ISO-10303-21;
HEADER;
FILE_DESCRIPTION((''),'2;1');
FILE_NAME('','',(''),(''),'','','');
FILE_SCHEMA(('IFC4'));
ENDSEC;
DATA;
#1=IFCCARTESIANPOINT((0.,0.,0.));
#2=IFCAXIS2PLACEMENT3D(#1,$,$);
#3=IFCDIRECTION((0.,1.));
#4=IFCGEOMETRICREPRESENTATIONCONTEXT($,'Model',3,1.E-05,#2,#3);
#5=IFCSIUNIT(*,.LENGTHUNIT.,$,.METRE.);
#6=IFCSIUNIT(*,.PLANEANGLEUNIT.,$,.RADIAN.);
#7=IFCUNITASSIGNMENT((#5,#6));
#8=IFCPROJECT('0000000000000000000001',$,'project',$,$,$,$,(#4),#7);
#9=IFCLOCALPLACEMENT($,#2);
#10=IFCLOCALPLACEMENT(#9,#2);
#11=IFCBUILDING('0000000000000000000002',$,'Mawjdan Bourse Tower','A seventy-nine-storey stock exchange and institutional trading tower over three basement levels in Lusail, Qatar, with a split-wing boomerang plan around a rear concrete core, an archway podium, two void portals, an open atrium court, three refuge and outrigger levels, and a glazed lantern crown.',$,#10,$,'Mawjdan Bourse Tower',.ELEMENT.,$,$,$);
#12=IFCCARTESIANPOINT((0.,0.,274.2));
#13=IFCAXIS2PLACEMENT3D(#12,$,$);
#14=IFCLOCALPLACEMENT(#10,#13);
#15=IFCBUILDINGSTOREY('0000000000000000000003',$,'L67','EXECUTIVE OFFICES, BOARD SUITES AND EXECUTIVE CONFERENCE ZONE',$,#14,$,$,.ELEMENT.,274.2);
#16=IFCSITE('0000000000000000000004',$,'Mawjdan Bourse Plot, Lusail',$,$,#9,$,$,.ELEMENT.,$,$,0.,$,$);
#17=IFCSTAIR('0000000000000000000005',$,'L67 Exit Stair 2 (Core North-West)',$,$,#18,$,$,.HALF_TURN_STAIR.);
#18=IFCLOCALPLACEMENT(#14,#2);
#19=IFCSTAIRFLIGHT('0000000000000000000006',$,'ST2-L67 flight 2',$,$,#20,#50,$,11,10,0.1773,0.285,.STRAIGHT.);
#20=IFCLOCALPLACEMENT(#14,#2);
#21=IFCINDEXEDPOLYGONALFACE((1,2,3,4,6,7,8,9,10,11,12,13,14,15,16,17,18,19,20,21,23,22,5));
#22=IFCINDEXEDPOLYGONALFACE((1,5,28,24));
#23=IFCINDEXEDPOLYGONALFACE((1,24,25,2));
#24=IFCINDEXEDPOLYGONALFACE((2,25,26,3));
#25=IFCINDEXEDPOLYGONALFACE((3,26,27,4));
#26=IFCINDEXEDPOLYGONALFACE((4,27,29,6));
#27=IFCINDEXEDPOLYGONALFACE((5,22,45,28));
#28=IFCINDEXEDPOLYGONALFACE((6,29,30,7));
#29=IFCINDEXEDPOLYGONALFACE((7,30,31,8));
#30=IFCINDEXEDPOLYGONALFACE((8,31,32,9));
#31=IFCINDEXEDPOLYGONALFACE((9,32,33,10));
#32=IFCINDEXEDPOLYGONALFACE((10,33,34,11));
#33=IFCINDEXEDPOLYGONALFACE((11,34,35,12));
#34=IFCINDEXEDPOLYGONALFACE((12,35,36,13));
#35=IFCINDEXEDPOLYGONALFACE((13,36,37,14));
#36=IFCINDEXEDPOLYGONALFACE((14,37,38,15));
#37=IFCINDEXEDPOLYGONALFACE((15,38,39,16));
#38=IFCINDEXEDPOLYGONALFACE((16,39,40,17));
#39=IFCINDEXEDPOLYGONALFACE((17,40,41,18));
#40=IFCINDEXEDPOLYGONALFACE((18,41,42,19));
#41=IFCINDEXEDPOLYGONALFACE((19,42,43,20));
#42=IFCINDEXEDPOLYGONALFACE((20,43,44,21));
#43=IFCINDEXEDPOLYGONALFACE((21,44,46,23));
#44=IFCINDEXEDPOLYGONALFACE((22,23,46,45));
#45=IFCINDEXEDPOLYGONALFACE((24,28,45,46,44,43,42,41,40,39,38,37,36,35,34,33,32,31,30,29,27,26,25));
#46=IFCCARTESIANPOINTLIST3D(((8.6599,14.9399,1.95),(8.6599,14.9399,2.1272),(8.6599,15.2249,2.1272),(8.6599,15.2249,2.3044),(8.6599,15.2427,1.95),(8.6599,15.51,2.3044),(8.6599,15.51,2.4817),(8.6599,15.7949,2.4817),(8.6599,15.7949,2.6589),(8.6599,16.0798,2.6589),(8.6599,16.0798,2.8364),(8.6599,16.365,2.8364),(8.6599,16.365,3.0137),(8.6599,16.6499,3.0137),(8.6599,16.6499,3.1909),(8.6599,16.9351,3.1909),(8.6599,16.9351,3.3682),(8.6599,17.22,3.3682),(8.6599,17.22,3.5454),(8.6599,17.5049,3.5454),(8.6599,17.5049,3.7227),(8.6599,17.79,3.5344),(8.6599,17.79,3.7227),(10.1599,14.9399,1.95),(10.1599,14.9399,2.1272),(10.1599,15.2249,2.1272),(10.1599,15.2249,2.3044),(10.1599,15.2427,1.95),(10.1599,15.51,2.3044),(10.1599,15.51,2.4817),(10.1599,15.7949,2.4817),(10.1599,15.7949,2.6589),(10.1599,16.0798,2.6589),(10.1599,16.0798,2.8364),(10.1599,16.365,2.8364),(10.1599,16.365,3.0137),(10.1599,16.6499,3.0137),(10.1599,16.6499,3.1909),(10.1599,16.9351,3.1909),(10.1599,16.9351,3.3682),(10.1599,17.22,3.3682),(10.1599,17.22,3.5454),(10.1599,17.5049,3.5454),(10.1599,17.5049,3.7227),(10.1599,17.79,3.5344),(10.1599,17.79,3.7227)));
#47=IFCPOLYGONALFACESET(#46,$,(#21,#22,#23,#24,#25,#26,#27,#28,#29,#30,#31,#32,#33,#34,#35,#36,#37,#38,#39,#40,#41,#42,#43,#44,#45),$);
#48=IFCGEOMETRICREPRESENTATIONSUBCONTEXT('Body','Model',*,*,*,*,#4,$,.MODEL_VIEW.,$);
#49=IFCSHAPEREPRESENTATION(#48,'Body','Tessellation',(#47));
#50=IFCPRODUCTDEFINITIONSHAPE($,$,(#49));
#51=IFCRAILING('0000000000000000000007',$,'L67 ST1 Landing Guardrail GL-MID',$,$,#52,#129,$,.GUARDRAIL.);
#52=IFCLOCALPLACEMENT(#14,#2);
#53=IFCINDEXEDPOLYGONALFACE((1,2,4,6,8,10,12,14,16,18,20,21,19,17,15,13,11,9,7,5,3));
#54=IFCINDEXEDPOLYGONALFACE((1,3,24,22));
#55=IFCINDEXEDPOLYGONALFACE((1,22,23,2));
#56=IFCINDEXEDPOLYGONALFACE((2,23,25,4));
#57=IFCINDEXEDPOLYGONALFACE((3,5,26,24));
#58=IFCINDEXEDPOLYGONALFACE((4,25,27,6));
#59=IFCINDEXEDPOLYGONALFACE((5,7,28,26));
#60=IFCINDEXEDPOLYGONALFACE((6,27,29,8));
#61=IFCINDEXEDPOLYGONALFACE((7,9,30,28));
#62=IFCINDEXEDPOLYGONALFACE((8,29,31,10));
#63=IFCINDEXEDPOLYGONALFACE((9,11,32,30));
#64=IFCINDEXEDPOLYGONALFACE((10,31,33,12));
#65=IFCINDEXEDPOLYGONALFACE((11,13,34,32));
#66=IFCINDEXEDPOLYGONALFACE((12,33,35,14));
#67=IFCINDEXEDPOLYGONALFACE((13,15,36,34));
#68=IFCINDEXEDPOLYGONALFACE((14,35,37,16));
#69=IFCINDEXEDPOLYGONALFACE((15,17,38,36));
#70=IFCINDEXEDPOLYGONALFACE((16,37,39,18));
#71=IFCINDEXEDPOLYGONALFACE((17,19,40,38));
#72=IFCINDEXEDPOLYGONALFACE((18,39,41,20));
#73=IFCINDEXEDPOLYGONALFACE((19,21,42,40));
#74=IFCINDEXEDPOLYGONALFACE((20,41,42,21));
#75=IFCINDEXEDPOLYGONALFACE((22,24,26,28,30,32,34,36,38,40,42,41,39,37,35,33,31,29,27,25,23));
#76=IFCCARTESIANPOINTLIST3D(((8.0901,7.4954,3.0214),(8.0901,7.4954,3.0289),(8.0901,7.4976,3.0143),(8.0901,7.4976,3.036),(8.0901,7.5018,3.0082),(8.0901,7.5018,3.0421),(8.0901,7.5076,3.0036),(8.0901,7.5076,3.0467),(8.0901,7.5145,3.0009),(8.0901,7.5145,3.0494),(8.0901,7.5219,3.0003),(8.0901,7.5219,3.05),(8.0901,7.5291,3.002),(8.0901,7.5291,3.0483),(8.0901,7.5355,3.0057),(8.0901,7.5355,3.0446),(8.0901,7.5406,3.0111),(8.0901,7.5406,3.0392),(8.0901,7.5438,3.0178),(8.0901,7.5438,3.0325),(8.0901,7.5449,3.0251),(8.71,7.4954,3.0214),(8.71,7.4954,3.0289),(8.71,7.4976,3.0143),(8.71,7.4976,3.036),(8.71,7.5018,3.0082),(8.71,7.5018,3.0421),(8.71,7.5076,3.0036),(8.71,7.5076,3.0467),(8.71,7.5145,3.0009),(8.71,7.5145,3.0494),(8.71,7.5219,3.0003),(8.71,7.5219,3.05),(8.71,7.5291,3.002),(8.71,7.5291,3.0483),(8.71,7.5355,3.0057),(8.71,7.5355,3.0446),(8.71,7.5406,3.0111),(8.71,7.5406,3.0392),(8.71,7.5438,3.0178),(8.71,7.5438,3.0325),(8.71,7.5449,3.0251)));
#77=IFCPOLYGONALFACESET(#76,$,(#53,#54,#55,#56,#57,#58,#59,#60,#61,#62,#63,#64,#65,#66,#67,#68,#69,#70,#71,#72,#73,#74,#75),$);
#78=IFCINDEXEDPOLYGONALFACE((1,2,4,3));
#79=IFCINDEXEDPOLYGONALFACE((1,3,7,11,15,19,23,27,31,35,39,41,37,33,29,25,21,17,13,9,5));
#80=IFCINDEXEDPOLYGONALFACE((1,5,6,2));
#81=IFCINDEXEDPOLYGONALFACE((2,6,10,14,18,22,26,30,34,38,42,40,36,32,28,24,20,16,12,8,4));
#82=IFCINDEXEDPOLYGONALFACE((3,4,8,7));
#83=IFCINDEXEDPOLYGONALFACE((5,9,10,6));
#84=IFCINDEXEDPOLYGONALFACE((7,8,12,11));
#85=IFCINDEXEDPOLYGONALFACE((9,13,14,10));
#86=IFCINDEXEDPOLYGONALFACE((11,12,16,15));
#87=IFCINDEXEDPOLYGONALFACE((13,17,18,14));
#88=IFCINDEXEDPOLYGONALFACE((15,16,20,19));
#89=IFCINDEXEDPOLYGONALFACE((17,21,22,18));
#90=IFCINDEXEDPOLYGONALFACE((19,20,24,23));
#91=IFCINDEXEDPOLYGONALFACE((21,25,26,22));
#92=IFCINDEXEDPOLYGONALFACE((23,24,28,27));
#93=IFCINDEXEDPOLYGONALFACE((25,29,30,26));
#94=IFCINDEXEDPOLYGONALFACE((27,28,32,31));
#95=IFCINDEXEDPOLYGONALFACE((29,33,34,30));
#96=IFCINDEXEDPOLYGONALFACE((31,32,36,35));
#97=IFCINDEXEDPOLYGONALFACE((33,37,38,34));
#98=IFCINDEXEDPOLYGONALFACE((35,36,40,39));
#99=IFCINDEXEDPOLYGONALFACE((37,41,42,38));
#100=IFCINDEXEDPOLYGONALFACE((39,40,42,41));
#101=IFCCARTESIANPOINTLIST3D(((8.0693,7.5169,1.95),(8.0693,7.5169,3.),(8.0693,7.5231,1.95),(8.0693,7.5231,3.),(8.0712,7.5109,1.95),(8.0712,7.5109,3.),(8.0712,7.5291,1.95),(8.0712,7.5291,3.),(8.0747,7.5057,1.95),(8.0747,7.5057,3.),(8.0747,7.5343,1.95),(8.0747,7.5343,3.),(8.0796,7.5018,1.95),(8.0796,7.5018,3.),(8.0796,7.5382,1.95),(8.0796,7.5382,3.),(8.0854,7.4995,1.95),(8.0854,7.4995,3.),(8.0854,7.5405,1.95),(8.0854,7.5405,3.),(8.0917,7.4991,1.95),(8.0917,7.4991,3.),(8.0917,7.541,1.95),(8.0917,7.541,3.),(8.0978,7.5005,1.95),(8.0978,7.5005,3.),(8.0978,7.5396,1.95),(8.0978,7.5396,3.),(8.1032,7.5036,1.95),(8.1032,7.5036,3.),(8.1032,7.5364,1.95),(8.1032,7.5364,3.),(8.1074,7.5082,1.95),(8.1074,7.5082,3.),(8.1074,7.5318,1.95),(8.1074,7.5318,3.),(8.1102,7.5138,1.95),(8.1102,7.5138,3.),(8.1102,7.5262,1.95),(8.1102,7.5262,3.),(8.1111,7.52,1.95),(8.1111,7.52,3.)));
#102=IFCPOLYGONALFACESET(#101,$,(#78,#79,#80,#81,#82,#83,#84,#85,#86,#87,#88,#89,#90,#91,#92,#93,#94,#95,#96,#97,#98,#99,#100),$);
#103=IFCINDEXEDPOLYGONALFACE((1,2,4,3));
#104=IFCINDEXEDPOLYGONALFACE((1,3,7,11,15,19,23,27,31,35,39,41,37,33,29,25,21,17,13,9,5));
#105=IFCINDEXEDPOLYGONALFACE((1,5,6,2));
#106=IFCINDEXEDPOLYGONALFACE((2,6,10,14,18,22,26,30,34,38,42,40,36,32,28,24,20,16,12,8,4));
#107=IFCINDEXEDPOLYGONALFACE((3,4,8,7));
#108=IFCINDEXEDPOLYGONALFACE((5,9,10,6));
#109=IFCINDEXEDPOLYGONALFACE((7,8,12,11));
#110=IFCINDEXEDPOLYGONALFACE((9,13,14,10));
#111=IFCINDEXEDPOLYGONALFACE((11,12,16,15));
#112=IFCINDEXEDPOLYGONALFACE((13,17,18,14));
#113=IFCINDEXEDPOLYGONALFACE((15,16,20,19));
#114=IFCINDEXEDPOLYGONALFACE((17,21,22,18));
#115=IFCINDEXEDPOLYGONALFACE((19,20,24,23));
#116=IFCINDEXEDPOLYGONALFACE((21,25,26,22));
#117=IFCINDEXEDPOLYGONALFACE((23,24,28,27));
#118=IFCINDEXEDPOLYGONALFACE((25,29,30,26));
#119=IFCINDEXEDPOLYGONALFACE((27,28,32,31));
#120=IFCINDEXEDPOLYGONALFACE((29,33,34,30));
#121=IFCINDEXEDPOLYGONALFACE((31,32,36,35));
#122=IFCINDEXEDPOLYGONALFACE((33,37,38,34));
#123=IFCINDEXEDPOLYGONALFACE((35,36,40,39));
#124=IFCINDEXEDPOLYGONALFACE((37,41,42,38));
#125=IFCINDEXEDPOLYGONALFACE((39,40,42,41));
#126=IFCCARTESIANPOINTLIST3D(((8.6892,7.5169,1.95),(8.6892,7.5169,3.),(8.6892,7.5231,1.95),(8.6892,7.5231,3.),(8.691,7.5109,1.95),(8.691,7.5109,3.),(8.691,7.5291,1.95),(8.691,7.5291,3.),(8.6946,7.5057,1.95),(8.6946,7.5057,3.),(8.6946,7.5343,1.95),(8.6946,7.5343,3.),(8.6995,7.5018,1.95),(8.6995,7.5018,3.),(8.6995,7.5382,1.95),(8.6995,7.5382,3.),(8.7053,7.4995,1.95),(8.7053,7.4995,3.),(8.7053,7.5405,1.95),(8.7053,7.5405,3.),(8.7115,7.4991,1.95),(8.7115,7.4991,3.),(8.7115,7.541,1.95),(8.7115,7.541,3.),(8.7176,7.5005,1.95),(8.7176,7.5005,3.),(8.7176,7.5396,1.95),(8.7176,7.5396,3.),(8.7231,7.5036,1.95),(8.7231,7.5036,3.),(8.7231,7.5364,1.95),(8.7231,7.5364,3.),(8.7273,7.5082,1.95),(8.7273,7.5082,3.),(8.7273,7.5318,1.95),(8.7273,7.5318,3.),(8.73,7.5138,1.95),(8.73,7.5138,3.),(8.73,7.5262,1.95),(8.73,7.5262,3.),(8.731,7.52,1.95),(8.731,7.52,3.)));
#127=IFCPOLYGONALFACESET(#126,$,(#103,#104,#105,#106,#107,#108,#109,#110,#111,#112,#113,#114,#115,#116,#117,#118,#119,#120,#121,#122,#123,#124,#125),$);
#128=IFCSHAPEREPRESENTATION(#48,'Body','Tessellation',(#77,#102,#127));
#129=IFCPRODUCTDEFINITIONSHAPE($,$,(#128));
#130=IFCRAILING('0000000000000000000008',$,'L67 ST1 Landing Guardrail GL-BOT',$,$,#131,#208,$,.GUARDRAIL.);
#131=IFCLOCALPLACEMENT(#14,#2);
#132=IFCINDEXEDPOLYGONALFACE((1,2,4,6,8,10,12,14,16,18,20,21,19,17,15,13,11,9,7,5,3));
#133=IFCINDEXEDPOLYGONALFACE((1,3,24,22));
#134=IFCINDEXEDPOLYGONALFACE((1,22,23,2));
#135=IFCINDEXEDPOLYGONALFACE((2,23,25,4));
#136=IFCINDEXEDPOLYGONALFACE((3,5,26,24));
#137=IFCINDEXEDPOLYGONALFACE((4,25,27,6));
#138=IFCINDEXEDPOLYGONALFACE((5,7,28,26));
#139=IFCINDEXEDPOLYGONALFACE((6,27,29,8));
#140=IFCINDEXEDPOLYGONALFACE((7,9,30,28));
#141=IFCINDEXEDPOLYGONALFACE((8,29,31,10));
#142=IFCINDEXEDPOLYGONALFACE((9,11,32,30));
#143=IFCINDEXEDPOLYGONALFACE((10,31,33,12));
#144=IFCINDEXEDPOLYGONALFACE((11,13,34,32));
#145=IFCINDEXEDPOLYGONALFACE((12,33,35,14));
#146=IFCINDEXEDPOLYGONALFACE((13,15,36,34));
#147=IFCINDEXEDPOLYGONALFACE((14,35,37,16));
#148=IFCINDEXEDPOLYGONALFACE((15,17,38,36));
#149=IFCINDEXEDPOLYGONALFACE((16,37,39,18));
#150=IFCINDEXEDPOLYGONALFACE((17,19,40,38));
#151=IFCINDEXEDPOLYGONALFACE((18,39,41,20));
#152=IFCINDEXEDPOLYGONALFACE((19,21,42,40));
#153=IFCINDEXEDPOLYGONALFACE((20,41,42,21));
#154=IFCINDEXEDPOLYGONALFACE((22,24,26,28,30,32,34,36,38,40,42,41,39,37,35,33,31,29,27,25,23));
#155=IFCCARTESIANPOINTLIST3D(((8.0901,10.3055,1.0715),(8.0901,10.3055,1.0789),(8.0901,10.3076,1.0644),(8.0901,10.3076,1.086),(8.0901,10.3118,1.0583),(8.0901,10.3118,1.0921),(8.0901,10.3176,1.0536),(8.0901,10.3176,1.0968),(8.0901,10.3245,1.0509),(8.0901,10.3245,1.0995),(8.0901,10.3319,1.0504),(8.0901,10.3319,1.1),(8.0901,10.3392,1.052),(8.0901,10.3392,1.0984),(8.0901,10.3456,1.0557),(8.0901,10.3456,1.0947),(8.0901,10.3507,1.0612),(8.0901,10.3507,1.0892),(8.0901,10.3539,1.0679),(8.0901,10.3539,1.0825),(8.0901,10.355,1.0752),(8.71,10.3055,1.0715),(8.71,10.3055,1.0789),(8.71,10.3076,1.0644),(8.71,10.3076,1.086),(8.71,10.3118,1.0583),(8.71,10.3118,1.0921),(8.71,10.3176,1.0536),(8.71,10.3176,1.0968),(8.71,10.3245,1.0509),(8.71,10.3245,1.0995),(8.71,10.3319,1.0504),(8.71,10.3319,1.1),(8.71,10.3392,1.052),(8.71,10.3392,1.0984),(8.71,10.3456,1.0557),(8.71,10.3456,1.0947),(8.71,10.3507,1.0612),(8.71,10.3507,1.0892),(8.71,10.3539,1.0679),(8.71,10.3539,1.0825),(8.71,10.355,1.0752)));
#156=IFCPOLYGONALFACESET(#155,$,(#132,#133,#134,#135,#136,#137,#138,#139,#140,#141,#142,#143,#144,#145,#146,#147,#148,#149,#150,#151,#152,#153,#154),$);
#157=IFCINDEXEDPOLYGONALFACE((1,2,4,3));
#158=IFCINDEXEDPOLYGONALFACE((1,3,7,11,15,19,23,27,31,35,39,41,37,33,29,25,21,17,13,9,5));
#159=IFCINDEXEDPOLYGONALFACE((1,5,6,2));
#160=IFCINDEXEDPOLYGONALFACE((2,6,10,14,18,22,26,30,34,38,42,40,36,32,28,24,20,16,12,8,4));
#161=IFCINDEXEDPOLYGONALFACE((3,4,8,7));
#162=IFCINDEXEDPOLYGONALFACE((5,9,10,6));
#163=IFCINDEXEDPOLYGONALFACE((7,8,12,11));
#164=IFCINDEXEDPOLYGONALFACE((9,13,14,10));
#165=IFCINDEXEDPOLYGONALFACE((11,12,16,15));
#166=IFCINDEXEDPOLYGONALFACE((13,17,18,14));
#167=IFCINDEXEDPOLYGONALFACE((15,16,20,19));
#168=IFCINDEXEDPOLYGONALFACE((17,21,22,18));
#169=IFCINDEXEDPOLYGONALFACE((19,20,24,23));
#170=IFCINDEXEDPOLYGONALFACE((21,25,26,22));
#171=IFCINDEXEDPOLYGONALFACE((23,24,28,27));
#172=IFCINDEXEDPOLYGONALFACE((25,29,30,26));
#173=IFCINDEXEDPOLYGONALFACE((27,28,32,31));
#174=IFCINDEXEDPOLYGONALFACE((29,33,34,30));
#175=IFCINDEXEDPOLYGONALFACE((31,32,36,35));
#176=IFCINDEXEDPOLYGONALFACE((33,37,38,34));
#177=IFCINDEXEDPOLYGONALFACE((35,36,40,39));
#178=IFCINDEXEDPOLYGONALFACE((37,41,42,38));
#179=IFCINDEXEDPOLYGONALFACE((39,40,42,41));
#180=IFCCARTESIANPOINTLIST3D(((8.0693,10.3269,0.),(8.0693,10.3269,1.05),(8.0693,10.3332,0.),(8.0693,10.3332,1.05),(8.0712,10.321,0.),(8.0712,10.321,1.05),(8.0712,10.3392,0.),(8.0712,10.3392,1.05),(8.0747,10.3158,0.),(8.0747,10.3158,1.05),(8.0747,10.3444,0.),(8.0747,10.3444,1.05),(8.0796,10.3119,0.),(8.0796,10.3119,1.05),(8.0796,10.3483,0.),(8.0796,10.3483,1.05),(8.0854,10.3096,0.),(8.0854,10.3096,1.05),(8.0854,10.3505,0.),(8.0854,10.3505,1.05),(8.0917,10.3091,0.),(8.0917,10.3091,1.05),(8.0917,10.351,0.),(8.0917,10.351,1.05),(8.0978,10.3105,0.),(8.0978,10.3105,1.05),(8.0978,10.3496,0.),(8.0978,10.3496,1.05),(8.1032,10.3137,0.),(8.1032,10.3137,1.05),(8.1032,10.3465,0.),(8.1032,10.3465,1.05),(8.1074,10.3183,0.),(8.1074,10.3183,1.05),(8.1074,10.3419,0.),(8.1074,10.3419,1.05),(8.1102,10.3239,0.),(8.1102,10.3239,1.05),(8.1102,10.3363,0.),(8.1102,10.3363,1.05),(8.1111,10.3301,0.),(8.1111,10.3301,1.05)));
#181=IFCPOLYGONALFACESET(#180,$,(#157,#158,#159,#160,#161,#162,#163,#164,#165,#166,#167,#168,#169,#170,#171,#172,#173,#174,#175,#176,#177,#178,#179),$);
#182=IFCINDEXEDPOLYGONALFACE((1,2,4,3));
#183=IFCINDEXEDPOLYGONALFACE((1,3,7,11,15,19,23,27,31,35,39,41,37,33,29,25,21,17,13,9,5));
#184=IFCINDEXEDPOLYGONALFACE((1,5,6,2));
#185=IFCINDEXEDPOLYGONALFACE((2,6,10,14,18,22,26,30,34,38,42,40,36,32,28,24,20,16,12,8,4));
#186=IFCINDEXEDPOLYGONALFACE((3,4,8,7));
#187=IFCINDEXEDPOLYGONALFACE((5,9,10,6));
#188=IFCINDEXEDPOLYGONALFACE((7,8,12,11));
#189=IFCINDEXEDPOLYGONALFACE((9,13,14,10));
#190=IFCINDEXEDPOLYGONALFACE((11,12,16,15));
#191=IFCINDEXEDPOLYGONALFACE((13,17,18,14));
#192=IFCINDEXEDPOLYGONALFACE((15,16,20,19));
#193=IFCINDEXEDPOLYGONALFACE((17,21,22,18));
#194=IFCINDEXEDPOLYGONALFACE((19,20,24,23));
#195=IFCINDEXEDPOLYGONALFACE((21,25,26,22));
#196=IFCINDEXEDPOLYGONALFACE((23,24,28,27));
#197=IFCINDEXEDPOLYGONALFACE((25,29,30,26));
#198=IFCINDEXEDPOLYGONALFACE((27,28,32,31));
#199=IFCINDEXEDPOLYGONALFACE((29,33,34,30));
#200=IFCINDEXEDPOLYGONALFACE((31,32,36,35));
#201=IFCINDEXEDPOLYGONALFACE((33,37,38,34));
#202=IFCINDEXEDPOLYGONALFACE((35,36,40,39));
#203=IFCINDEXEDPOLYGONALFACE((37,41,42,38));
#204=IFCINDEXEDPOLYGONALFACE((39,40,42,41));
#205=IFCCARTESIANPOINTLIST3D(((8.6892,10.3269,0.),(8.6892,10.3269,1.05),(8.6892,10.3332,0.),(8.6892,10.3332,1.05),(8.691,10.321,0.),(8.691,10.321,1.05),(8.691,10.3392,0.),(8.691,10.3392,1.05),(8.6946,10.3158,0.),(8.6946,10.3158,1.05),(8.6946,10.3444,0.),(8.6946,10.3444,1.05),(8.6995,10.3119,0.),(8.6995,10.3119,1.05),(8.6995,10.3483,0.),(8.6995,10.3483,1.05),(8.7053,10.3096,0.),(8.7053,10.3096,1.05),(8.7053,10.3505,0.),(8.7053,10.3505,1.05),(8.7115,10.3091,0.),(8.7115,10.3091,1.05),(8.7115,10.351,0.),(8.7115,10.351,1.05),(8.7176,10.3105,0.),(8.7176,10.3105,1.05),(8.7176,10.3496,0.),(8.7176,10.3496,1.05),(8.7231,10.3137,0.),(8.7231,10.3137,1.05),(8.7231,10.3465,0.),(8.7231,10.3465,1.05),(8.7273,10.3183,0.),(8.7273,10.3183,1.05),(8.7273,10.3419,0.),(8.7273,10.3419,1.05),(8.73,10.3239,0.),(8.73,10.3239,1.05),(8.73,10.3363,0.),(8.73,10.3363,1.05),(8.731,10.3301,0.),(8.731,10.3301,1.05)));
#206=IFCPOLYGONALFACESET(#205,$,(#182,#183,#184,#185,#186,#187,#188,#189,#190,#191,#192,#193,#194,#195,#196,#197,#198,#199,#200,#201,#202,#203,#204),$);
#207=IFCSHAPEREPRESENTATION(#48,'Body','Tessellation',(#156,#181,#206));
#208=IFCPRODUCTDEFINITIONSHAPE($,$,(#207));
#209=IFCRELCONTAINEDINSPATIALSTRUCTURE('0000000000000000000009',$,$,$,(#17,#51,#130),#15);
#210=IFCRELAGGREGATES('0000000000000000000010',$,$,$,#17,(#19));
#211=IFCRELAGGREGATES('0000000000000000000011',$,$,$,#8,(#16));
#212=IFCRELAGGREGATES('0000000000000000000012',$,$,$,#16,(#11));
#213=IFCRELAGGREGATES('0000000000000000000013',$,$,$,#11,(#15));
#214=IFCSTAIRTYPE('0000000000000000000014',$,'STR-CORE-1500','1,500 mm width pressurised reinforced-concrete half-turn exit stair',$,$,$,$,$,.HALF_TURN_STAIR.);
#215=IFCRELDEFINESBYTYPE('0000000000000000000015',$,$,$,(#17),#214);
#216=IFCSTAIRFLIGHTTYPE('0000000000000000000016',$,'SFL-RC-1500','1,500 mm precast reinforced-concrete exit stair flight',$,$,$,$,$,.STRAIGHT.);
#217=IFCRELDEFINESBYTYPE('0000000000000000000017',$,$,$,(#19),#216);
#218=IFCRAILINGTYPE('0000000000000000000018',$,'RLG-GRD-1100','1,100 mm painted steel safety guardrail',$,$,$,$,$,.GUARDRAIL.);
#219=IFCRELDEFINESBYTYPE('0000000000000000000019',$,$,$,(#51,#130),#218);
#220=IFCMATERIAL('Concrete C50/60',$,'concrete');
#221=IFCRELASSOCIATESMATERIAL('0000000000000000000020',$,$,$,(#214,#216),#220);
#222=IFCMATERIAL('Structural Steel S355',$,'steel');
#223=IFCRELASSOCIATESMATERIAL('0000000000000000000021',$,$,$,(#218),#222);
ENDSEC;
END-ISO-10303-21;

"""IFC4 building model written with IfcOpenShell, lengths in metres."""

from ifc_helpers import new_model, si_unit, direction, frame, origin, origin_2d, place, context, subcontext, project, spatial, polyline, circle, outline, extrude, material, type_object, element, aggregate, save


model = new_model("IFC4")

# Units and contexts
model_context = context("Model", 3, precision=1e-05, world=origin(), true_north=direction((0.0, 1.0)))
body_context = subcontext(model_context, "Body", "Model", "MODEL_VIEW")
ifc_project = project(units=[si_unit("LENGTHUNIT", "METRE"), si_unit("PLANEANGLEUNIT", "RADIAN")], contexts=[model_context])

# Site, building, storey
site_placement = place(None, origin())
site = spatial("IfcSite", under=ifc_project, at=site_placement, Name="Mawjdan Bourse Plot, Lusail", CompositionType="ELEMENT", RefElevation=0.0)
building_placement = place(site_placement, origin())
building = spatial("IfcBuilding", under=site, at=building_placement, Name="Mawjdan Bourse Tower", Description="A seventy-nine-storey stock exchange and institutional trading tower over three basement levels in Lusail, Qatar, with a split-wing boomerang plan around a rear concrete core, an archway podium, two void portals, an open atrium court, three refuge and outrigger levels, and a glazed lantern crown.", LongName="Mawjdan Bourse Tower", CompositionType="ELEMENT")
storey_placement = place(building_placement, frame((0.0, 0.0, 274.2)))
storey = spatial("IfcBuildingStorey", under=building, at=storey_placement, Name="L67", Description="EXECUTIVE OFFICES, BOARD SUITES AND EXECUTIVE CONFERENCE ZONE", CompositionType="ELEMENT", Elevation=274.2)

# Shared definitions
ifc_material_1 = material(Name="Concrete C50/60", Category="concrete")

# Shared definitions
stair_type = type_object("IfcStairType", Name="STR-CORE-1500", Description="1,500 mm width pressurised reinforced-concrete half-turn exit stair", PredefinedType="HALF_TURN_STAIR", material=ifc_material_1)
stair_flight_type = type_object("IfcStairFlightType", Name="SFL-RC-1500", Description="1,500 mm precast reinforced-concrete exit stair flight", PredefinedType="STRAIGHT", material=ifc_material_1)

# Stair, stair flight
stair_1_placement = place(storey_placement, origin())
stair_1 = element("IfcStair", 1, at=stair_1_placement, inside=storey, type_object=stair_type, Name="L67 Exit Stair 2 (Core North-West)", PredefinedType="HALF_TURN_STAIR")
stair_flight_1_placement = place(storey_placement, frame((9.4099, 14.9399, 1.95), z_axis=(0.0, 0.0, 1.0), x_axis=(0.0, 1.0, 0.0)))
stair_flight_1 = element("IfcStairFlight", 2, at=stair_flight_1_placement, type_object=stair_flight_type, Name="ST2-L67 flight 2", NumberOfRisers=11, NumberOfTreads=10, PredefinedType="STRAIGHT", RiserHeight=0.1773, TreadLength=0.285, context=body_context, shape_type="SweptSolid", body=[
    extrude(outline(polyline([(0.0, 0.0), (0.0, 0.1772), (0.2849, 0.1772), (0.2849, 0.3545), (0.5701, 0.3545), (0.5701, 0.5317), (0.855, 0.5317), (0.855, 0.709), (1.1399, 0.709), (1.1399, 0.8865), (1.425, 0.8865), (1.425, 1.0637), (1.71, 1.0637), (1.71, 1.241), (1.9951, 1.241), (1.9951, 1.4182), (2.28, 1.4182), (2.28, 1.5955), (2.5649, 1.5955), (2.5649, 1.7727), (2.8501, 1.7727), (2.8501, 1.95), (2.8501, 1.5845), (0.3027, 0.0), (0.0, 0.0)])), frame((0.0, 0.75, 0.0), z_axis=(0.0, -1.0, 0.0), x_axis=(1.0, 0.0, 0.0)), (0.0, 0.0, 1.0), 1.5),
])
aggregate(stair_1, [stair_flight_1])

# Railings
ifc_material_2 = material(Name="Structural Steel S355", Category="steel")
railing_type_1 = type_object("IfcRailingType", Name="RLG-GRD-1100", Description="1,100 mm painted steel safety guardrail", PredefinedType="GUARDRAIL", material=ifc_material_2)
for number, where, name in (
    (3, (8.0901, 7.52, 1.95), "L67 ST1 Landing Guardrail GL-MID"),
    (4, (8.0901, 10.3301, 0.0), "L67 ST1 Landing Guardrail GL-BOT"),
):
    element("IfcRailing", number, at=place(storey_placement, frame(where)), inside=storey, type_object=railing_type_1, Name=name, PredefinedType="GUARDRAIL", context=body_context, shape_type="SweptSolid", body=[
        extrude(circle(Radius=0.0249, at=origin_2d()), frame((0.0, 0.0, 1.0752), z_axis=(1.0, 0.0, 0.0), x_axis=(0.0, 1.0, 0.0)), (0.0, 0.0, 1.0), 0.6199),
        extrude(circle(Radius=0.021, at=origin_2d()), origin(), (0.0, 0.0, 1.0), 1.05),
        extrude(circle(Radius=0.021, at=origin_2d()), frame((0.6199, 0.0, 0.0)), (0.0, 0.0, 1.0), 1.05),
    ])

save(model, "model.ifc")
